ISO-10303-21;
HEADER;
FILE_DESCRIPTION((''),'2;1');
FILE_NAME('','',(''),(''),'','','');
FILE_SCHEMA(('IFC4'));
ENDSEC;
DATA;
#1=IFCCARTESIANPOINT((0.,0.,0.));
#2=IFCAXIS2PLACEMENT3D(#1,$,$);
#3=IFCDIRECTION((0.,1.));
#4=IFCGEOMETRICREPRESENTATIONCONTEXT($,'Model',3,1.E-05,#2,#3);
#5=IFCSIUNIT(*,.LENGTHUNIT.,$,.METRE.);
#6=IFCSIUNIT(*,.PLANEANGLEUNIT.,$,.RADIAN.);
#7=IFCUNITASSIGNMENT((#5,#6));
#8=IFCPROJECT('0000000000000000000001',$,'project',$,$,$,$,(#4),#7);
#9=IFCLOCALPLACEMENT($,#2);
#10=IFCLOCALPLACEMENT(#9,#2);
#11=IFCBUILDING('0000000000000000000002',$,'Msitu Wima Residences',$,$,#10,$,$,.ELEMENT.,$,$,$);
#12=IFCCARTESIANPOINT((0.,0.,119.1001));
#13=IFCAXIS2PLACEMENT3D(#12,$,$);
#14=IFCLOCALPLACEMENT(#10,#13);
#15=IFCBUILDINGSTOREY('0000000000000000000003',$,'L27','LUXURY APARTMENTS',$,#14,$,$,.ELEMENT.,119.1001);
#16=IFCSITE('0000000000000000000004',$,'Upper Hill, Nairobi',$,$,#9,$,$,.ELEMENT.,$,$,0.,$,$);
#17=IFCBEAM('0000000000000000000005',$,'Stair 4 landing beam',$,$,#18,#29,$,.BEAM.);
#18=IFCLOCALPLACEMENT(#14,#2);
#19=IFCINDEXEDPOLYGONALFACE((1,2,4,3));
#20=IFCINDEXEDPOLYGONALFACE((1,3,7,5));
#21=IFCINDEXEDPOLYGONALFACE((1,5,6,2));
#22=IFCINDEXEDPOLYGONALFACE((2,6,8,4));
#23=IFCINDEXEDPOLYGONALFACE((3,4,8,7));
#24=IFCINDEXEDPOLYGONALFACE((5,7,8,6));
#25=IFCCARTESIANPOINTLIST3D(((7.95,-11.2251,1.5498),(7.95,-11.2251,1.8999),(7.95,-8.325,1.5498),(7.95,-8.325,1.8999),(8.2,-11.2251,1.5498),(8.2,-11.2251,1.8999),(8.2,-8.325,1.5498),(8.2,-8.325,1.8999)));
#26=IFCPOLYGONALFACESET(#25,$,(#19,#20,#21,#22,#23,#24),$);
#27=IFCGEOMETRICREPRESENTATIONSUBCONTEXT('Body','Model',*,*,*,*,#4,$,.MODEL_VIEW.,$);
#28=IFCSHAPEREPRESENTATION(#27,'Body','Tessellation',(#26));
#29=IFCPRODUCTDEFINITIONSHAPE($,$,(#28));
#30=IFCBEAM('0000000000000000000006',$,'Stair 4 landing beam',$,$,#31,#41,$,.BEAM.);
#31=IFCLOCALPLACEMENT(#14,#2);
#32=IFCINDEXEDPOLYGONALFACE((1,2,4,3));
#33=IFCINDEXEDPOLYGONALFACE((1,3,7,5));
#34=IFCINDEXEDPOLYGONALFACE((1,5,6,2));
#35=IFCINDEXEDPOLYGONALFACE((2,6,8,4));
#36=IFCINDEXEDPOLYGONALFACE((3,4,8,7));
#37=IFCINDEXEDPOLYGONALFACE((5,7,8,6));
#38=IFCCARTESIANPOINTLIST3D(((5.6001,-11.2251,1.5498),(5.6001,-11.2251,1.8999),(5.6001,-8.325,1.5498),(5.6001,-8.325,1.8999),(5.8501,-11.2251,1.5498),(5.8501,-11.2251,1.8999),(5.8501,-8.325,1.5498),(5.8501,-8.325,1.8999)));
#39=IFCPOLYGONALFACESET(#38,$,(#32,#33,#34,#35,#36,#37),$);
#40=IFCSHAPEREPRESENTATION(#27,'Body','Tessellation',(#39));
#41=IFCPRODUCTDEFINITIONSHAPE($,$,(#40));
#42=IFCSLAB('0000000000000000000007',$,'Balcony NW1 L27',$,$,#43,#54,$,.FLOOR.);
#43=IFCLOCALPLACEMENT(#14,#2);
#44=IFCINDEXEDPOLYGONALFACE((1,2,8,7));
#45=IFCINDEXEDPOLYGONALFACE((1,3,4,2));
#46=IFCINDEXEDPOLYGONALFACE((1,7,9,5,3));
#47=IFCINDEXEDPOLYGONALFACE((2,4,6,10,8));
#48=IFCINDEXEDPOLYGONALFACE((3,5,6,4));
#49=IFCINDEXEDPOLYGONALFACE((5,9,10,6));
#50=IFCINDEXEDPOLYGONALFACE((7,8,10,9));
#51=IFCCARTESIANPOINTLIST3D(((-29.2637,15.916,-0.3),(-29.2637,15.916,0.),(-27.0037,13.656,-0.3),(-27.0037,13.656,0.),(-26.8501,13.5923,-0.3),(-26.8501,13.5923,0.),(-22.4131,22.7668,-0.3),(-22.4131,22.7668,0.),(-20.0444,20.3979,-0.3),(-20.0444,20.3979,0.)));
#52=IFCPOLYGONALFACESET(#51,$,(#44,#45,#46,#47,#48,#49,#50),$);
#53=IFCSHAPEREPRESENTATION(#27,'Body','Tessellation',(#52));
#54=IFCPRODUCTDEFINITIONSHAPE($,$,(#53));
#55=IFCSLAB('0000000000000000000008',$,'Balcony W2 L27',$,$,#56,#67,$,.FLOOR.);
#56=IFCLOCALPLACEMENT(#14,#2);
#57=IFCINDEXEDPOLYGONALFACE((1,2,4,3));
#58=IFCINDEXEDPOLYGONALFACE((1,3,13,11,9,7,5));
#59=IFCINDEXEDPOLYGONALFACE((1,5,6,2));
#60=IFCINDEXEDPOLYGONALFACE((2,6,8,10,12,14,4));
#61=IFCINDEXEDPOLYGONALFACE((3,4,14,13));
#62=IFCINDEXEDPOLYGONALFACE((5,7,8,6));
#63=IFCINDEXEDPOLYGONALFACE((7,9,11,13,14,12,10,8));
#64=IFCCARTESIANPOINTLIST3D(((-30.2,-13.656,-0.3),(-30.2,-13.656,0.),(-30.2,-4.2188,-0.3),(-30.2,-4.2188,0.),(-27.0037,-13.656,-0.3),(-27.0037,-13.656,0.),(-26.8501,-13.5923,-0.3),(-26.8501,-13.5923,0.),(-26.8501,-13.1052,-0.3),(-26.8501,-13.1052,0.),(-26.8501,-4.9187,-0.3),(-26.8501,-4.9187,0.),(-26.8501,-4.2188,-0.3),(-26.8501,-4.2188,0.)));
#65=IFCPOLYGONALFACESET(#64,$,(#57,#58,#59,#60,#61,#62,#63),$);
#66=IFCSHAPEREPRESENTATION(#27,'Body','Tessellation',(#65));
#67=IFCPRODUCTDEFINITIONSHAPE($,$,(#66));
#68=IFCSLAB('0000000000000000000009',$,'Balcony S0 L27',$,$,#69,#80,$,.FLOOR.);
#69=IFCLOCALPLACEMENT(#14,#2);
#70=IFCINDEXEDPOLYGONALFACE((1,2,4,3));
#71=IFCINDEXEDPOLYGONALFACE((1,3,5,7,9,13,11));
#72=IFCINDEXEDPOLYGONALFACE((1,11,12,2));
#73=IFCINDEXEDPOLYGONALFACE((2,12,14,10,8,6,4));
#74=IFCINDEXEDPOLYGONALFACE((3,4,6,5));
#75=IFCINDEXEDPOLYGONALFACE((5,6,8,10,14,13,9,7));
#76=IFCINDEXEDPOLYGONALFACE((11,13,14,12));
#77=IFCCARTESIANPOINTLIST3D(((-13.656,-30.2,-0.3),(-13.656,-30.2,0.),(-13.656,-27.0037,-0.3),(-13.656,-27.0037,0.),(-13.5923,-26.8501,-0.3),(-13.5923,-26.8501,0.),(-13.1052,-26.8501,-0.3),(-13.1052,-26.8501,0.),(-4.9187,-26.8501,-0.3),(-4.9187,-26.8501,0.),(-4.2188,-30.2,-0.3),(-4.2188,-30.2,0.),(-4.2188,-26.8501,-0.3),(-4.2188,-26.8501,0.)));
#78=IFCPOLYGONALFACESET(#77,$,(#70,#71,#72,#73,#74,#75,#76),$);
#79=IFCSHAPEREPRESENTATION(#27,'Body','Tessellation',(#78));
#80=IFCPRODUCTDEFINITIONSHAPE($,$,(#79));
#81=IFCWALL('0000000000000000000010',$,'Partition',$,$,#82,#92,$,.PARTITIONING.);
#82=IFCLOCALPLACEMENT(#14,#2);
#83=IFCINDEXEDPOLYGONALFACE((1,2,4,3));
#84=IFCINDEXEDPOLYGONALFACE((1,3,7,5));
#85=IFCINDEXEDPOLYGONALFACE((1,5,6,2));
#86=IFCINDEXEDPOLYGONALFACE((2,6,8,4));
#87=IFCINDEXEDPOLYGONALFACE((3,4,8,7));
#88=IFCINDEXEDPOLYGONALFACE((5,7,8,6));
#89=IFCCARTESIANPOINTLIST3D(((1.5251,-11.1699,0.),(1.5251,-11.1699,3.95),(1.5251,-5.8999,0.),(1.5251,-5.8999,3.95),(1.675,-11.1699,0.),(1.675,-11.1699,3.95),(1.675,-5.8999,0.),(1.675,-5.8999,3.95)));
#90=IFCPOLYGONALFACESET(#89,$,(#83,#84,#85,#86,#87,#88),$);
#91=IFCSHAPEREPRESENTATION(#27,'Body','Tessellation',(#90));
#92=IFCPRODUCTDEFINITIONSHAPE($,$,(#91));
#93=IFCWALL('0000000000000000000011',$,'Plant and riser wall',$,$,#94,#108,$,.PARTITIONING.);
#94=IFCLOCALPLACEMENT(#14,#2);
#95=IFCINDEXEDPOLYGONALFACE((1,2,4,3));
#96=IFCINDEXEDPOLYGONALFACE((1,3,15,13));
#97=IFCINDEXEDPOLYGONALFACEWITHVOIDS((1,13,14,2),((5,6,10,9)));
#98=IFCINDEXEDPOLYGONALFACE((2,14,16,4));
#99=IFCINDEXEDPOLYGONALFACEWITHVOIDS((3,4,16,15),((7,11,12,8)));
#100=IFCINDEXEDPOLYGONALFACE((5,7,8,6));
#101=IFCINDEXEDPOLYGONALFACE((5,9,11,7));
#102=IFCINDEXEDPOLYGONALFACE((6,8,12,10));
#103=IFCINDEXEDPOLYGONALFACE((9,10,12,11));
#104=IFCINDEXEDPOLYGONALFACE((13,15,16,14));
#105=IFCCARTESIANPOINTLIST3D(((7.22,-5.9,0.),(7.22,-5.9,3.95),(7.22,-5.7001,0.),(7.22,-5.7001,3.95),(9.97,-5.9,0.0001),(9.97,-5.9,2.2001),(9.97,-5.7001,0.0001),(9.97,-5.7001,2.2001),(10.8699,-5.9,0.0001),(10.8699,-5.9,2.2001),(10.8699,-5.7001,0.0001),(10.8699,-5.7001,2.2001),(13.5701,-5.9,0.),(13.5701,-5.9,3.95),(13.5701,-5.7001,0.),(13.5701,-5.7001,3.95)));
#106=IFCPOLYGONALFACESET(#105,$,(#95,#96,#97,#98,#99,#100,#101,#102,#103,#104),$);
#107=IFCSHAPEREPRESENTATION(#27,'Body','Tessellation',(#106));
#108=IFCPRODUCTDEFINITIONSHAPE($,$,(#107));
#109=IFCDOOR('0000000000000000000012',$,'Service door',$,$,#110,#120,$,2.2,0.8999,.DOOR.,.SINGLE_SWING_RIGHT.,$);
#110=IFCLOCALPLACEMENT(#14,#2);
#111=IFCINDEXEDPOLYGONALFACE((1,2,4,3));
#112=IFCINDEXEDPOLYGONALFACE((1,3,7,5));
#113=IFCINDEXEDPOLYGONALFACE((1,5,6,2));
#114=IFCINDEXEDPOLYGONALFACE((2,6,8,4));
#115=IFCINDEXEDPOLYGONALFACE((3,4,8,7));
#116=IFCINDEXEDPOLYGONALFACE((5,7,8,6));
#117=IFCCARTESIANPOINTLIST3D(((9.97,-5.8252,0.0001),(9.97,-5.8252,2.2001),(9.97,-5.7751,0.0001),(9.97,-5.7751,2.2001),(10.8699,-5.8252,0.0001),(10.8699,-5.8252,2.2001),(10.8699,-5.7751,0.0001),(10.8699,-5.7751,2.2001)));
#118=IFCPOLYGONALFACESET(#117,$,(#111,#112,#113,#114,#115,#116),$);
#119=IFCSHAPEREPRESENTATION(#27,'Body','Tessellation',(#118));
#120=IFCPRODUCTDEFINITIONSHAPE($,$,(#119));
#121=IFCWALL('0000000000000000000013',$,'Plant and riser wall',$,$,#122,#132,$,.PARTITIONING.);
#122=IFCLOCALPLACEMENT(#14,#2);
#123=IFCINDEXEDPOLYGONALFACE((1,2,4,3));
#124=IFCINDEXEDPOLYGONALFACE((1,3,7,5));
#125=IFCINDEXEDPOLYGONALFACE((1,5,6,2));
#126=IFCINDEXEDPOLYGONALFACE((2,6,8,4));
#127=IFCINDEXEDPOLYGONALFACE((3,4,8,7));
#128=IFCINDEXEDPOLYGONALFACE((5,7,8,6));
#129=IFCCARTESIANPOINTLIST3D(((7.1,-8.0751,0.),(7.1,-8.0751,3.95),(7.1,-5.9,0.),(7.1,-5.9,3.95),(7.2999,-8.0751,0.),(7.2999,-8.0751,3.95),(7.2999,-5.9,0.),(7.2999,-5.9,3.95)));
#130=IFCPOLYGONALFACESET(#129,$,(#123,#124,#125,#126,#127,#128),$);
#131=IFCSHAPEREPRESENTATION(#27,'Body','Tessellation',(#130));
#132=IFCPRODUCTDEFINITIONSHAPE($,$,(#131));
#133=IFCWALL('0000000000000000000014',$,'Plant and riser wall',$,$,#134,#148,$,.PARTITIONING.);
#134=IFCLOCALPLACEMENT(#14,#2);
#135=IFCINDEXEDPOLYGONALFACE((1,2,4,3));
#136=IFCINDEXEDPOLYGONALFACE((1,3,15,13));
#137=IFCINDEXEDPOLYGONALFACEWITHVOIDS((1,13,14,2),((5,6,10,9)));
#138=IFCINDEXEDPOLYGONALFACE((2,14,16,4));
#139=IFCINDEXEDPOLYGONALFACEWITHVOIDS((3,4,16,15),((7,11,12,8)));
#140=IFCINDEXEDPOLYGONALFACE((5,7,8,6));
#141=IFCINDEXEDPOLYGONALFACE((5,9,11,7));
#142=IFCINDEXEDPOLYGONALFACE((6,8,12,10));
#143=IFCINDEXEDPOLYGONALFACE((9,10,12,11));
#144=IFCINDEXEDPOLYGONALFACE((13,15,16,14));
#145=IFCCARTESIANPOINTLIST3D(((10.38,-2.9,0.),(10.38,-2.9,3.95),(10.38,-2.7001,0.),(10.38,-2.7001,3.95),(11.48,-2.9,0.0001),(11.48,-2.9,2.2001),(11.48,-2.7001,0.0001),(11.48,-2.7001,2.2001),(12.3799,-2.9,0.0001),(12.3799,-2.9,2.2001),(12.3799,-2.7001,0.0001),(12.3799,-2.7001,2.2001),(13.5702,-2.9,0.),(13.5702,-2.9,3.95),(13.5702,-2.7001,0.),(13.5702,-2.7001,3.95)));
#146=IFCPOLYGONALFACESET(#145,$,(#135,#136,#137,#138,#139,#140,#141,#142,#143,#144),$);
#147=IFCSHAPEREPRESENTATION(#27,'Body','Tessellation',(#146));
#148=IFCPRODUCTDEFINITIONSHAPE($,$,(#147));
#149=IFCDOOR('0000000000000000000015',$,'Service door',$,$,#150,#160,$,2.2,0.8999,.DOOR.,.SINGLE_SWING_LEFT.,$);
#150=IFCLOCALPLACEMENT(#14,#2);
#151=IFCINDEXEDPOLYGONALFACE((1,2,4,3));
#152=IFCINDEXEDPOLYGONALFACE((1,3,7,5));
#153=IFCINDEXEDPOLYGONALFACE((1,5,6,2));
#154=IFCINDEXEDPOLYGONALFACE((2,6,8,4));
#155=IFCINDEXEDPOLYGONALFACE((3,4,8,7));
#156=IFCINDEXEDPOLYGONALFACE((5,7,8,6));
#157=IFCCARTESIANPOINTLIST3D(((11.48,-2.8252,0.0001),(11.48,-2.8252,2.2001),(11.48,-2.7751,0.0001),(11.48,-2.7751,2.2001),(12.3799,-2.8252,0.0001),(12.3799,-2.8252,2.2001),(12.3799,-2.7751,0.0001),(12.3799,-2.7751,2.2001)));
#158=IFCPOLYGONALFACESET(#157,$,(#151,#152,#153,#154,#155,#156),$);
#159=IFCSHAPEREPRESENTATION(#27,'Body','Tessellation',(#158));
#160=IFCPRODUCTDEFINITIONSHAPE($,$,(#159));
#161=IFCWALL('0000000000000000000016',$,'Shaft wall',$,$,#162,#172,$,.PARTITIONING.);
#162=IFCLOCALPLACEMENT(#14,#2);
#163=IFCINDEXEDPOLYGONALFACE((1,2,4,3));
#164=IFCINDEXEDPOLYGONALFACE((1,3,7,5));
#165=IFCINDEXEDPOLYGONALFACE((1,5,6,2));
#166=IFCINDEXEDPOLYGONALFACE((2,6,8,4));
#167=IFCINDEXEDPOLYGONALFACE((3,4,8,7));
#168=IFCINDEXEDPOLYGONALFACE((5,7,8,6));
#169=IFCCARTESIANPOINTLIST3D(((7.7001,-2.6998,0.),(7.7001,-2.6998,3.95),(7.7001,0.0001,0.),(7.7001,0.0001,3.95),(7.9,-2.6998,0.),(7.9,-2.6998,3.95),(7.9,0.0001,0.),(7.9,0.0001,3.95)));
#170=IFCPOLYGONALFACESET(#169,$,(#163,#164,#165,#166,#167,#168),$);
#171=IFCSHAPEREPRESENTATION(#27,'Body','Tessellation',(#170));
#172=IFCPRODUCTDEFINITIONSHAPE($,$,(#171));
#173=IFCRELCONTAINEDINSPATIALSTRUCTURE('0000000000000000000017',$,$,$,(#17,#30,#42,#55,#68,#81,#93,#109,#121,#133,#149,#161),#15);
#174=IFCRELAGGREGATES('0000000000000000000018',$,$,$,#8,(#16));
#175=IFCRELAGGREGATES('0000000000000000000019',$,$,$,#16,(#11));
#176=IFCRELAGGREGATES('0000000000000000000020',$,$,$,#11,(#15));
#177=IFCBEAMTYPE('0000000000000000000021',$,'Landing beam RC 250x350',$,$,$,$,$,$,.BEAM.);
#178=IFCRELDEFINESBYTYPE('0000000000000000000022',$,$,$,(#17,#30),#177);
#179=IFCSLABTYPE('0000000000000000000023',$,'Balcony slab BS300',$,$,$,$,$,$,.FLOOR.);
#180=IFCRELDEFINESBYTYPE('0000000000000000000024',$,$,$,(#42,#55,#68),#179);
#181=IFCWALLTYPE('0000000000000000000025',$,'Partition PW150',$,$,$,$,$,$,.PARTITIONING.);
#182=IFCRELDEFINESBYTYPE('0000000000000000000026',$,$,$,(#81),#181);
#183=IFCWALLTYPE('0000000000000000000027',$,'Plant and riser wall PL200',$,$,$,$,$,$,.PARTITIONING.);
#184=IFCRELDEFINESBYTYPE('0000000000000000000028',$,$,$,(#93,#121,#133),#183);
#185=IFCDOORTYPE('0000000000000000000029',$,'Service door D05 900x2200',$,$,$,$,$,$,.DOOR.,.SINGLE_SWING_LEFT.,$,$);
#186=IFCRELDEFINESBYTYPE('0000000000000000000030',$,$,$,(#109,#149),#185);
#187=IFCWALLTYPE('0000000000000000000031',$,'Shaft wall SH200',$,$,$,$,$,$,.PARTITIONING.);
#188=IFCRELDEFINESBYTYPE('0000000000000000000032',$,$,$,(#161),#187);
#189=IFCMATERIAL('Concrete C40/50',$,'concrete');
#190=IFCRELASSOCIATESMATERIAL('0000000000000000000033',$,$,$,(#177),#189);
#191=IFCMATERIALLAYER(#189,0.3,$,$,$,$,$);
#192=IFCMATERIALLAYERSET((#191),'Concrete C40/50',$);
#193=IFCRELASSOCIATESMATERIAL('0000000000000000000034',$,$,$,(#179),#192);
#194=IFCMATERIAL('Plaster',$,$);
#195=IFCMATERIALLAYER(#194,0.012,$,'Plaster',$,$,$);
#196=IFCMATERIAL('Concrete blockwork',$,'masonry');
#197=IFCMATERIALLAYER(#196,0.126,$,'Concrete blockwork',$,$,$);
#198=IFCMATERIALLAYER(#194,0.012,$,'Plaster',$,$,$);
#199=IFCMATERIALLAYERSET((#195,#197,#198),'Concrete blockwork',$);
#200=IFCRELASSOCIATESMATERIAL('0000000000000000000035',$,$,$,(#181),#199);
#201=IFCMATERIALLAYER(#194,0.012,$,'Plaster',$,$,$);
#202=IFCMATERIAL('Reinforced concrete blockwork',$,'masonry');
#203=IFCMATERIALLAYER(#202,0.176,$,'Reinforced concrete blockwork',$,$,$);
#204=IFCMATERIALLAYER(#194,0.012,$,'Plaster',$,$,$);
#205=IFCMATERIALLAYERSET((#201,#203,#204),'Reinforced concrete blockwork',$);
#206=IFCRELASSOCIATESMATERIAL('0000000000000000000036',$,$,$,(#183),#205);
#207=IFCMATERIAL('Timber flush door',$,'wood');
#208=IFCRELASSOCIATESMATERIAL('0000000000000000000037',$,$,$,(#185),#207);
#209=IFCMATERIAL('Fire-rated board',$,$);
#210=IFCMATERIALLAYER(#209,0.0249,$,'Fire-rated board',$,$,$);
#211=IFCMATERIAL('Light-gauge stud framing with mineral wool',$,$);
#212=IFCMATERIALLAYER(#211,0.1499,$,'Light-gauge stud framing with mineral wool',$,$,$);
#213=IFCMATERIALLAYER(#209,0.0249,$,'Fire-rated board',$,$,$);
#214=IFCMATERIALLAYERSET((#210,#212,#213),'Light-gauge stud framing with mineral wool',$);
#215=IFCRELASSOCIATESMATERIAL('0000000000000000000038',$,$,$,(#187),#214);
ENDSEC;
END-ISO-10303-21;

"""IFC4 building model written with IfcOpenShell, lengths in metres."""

from ifc_helpers import new_model, si_unit, direction, frame, frame_2d, origin, origin_2d, place, context, subcontext, project, spatial, polyline, rectangle, outline, extrude, material, layer, layer_set, material_profile, profile_set, type_object, element, fill, save


model = new_model("IFC4")

# Units and contexts
model_context = context("Model", 3, precision=1e-05, world=origin(), true_north=direction((0.0, 1.0)))
body_context = subcontext(model_context, "Body", "Model", "MODEL_VIEW")
ifc_project = project(units=[si_unit("LENGTHUNIT", "METRE"), si_unit("PLANEANGLEUNIT", "RADIAN")], contexts=[model_context])

# Site, building, storey
site_placement = place(None, origin())
site = spatial("IfcSite", under=ifc_project, at=site_placement, Name="Upper Hill, Nairobi", CompositionType="ELEMENT", RefElevation=0.0)
building_placement = place(site_placement, origin())
building = spatial("IfcBuilding", under=site, at=building_placement, Name="Msitu Wima Residences", CompositionType="ELEMENT")
storey_placement = place(building_placement, frame((0.0, 0.0, 119.1001)))
storey = spatial("IfcBuildingStorey", under=building, at=storey_placement, Name="L27", Description="LUXURY APARTMENTS", CompositionType="ELEMENT", Elevation=119.1001)

# Beams
ifc_material_1 = material(Name="Concrete C40/50", Category="concrete")
ifc_material_profile = material_profile(ifc_material_1, rectangle(XDim=0.25, YDim=0.3501, at=origin_2d()), Name="RC 250x350")
ifc_profile_set = profile_set([ifc_material_profile], Name="Concrete C40/50")
beam_type = type_object("IfcBeamType", Name="Landing beam RC 250x350", PredefinedType="BEAM", material=ifc_profile_set)
for number, where, z_axis, x_axis, name in (
    (1, (8.075, -11.2251, 1.7249), (0.0, 1.0, 0.0), (-1.0, 0.0, 0.0), "Stair 4 landing beam"),
    (2, (5.7251, -11.2251, 1.7249), (0.0, 1.0, 0.0), (-1.0, 0.0, 0.0), "Stair 4 landing beam"),
):
    element("IfcBeam", number, at=place(storey_placement, frame(where, z_axis=z_axis, x_axis=x_axis)), inside=storey, type_object=beam_type, Name=name, PredefinedType="BEAM", context=body_context, shape_type="SweptSolid", body=[
        extrude(rectangle(XDim=0.25, YDim=0.3501, at=origin_2d()), origin(), (0.0, 0.0, 1.0), 2.9001),
    ])

# Slabs
ifc_layer_1 = layer(ifc_material_1, 0.3)
ifc_layer_set_1 = layer_set([ifc_layer_1], Name="Concrete C40/50")
slab_type = type_object("IfcSlabType", Name="Balcony slab BS300", PredefinedType="FLOOR", material=ifc_layer_set_1)
slab_1_placement = place(storey_placement, frame((0.0, 0.0, -0.3)))
element("IfcSlab", 3, at=slab_1_placement, inside=storey, type_object=slab_type, Name="Balcony NW1 L27", PredefinedType="FLOOR", context=body_context, shape_type="SweptSolid", body=[
    extrude(outline(polyline([(-29.2637, 15.916), (-22.4131, 22.7668), (-20.0444, 20.3979), (-26.8501, 13.5923), (-27.0037, 13.656), (-29.2637, 15.916)])), origin(), (0.0, 0.0, 1.0), 0.3),
])
slab_2_placement = place(storey_placement, frame((0.0, 0.0, -0.3)))
element("IfcSlab", 4, at=slab_2_placement, inside=storey, type_object=slab_type, Name="Balcony W2 L27", PredefinedType="FLOOR", context=body_context, shape_type="SweptSolid", body=[
    extrude(outline(polyline([(-26.8501, -13.1052), (-26.8501, -13.1052), (-26.8501, -13.5923), (-27.0037, -13.656), (-30.2, -13.656), (-30.2, -4.2188), (-26.8501, -4.2188), (-26.8501, -4.9187), (-26.8501, -4.9187), (-26.8501, -13.1052), (-26.8501, -13.1052)])), origin(), (0.0, 0.0, 1.0), 0.3),
])
slab_3_placement = place(storey_placement, frame((0.0, 0.0, -0.3)))
element("IfcSlab", 5, at=slab_3_placement, inside=storey, type_object=slab_type, Name="Balcony S0 L27", PredefinedType="FLOOR", context=body_context, shape_type="SweptSolid", body=[
    extrude(outline(polyline([(-13.1052, -26.8501), (-13.1052, -26.8501), (-4.9187, -26.8501), (-4.9187, -26.8501), (-4.2188, -26.8501), (-4.2188, -30.2), (-13.656, -30.2), (-13.656, -27.0037), (-13.5923, -26.8501), (-13.1052, -26.8501), (-13.1052, -26.8501)])), origin(), (0.0, 0.0, 1.0), 0.3),
])

# Wall
ifc_material_2 = material(Name="Plaster")
ifc_layer_2 = layer(ifc_material_2, 0.012, Name="Plaster")
ifc_material_3 = material(Name="Concrete blockwork", Category="masonry")
ifc_layer_3 = layer(ifc_material_3, 0.126, Name="Concrete blockwork")
ifc_layer_4 = layer(ifc_material_2, 0.012, Name="Plaster")
ifc_layer_set_2 = layer_set([ifc_layer_2, ifc_layer_3, ifc_layer_4], Name="Concrete blockwork")
wall_type_1 = type_object("IfcWallType", Name="Partition PW150", PredefinedType="PARTITIONING", material=ifc_layer_set_2)
wall_1_placement = place(storey_placement, frame((1.6001, -11.1699, 0.0), z_axis=(0.0, 0.0, 1.0), x_axis=(0.0, 1.0, 0.0)))
element("IfcWall", 6, at=wall_1_placement, inside=storey, type_object=wall_type_1, Name="Partition", PredefinedType="PARTITIONING", context=body_context, shape_type="SweptSolid", body=[
    extrude(rectangle(XDim=5.27, YDim=0.1499, at=frame_2d((2.635, 0.0))), origin(), (0.0, 0.0, 1.0), 3.95),
])

# Wall, opening, door
ifc_layer_5 = layer(ifc_material_2, 0.012, Name="Plaster")
ifc_material_4 = material(Name="Reinforced concrete blockwork", Category="masonry")
ifc_layer_6 = layer(ifc_material_4, 0.176, Name="Reinforced concrete blockwork")
ifc_layer_7 = layer(ifc_material_2, 0.012, Name="Plaster")
ifc_layer_set_3 = layer_set([ifc_layer_5, ifc_layer_6, ifc_layer_7], Name="Reinforced concrete blockwork")
wall_type_2 = type_object("IfcWallType", Name="Plant and riser wall PL200", PredefinedType="PARTITIONING", material=ifc_layer_set_3)
wall_2_placement = place(storey_placement, frame((7.22, -5.8, 0.0), z_axis=(0.0, 0.0, 1.0), x_axis=(1.0, 0.0, 0.0)))
wall_2 = element("IfcWall", 7, at=wall_2_placement, inside=storey, type_object=wall_type_2, Name="Plant and riser wall", PredefinedType="PARTITIONING", context=body_context, shape_type="SweptSolid", body=[
    extrude(rectangle(XDim=6.3501, YDim=0.2, at=frame_2d((3.175, 0.0))), origin(), (0.0, 0.0, 1.0), 3.95),
])
opening_1_placement = place(wall_2_placement, frame((2.75, 0.0, 0.0)))
opening_1 = element("IfcOpeningElement", 8, at=opening_1_placement, cuts=wall_2, PredefinedType="OPENING", context=body_context, shape_type="SweptSolid", body=[
    extrude(rectangle(XDim=0.8999, YDim=2.2, at=frame_2d((0.45, 1.1001))), frame((0.0, 0.1099, 0.0), z_axis=(0.0, -1.0, 0.0), x_axis=(1.0, 0.0, 0.0)), (0.0, 0.0, 1.0), 0.22),
])
ifc_material_5 = material(Name="Timber flush door", Category="wood")
door_type = type_object("IfcDoorType", Name="Service door D05 900x2200", OperationType="SINGLE_SWING_LEFT", PredefinedType="DOOR", material=ifc_material_5)
door_1_placement = place(opening_1_placement, origin())
door_1 = element("IfcDoor", 9, at=door_1_placement, inside=storey, type_object=door_type, Name="Service door", OperationType="SINGLE_SWING_RIGHT", OverallHeight=2.2, OverallWidth=0.8999, PredefinedType="DOOR", context=body_context, shape_type="SweptSolid", body=[
    extrude(rectangle(XDim=0.8999, YDim=2.2, at=frame_2d((0.45, 1.1001))), frame((0.0, 0.0249, 0.0), z_axis=(0.0, -1.0, 0.0), x_axis=(1.0, 0.0, 0.0)), (0.0, 0.0, 1.0), 0.05),
])
fill(opening_1, door_1)

# Wall
wall_3_placement = place(storey_placement, frame((7.2, -8.075, 0.0), z_axis=(0.0, 0.0, 1.0), x_axis=(0.0, 1.0, 0.0)))
element("IfcWall", 10, at=wall_3_placement, inside=storey, type_object=wall_type_2, Name="Plant and riser wall", PredefinedType="PARTITIONING", context=body_context, shape_type="SweptSolid", body=[
    extrude(rectangle(XDim=2.175, YDim=0.2, at=frame_2d((1.0874, 0.0))), origin(), (0.0, 0.0, 1.0), 3.95),
])

# Wall, opening, door
wall_4_placement = place(storey_placement, frame((10.3799, -2.8, 0.0), z_axis=(0.0, 0.0, 1.0), x_axis=(1.0, 0.0, 0.0)))
wall_4 = element("IfcWall", 11, at=wall_4_placement, inside=storey, type_object=wall_type_2, Name="Plant and riser wall", PredefinedType="PARTITIONING", context=body_context, shape_type="SweptSolid", body=[
    extrude(rectangle(XDim=3.1902, YDim=0.2, at=frame_2d((1.5952, 0.0))), origin(), (0.0, 0.0, 1.0), 3.95),
])
opening_2_placement = place(wall_4_placement, frame((1.1001, 0.0, 0.0)))
opening_2 = element("IfcOpeningElement", 12, at=opening_2_placement, cuts=wall_4, PredefinedType="OPENING", context=body_context, shape_type="SweptSolid", body=[
    extrude(rectangle(XDim=0.8999, YDim=2.2, at=frame_2d((0.45, 1.1001))), frame((0.0, 0.1099, 0.0), z_axis=(0.0, -1.0, 0.0), x_axis=(1.0, 0.0, 0.0)), (0.0, 0.0, 1.0), 0.22),
])
door_2_placement = place(opening_2_placement, origin())
door_2 = element("IfcDoor", 13, at=door_2_placement, inside=storey, type_object=door_type, Name="Service door", OperationType="SINGLE_SWING_LEFT", OverallHeight=2.2, OverallWidth=0.8999, PredefinedType="DOOR", context=body_context, shape_type="SweptSolid", body=[
    extrude(rectangle(XDim=0.8999, YDim=2.2, at=frame_2d((0.45, 1.1001))), frame((0.0, 0.0249, 0.0), z_axis=(0.0, -1.0, 0.0), x_axis=(1.0, 0.0, 0.0)), (0.0, 0.0, 1.0), 0.05),
])
fill(opening_2, door_2)

# Wall
ifc_material_6 = material(Name="Fire-rated board")
ifc_layer_8 = layer(ifc_material_6, 0.0249, Name="Fire-rated board")
ifc_material_7 = material(Name="Light-gauge stud framing with mineral wool")
ifc_layer_9 = layer(ifc_material_7, 0.1499, Name="Light-gauge stud framing with mineral wool")
ifc_layer_10 = layer(ifc_material_6, 0.0249, Name="Fire-rated board")
ifc_layer_set_4 = layer_set([ifc_layer_8, ifc_layer_9, ifc_layer_10], Name="Light-gauge stud framing with mineral wool")
wall_type_3 = type_object("IfcWallType", Name="Shaft wall SH200", PredefinedType="PARTITIONING", material=ifc_layer_set_4)
wall_5_placement = place(storey_placement, frame((7.8, -2.7, 0.0), z_axis=(0.0, 0.0, 1.0), x_axis=(0.0, 1.0, 0.0)))
element("IfcWall", 14, at=wall_5_placement, inside=storey, type_object=wall_type_3, Name="Shaft wall", PredefinedType="PARTITIONING", context=body_context, shape_type="SweptSolid", body=[
    extrude(rectangle(XDim=2.7, YDim=0.2, at=frame_2d((1.3501, 0.0))), origin(), (0.0, 0.0, 1.0), 3.95),
])

save(model, "model.ifc")
